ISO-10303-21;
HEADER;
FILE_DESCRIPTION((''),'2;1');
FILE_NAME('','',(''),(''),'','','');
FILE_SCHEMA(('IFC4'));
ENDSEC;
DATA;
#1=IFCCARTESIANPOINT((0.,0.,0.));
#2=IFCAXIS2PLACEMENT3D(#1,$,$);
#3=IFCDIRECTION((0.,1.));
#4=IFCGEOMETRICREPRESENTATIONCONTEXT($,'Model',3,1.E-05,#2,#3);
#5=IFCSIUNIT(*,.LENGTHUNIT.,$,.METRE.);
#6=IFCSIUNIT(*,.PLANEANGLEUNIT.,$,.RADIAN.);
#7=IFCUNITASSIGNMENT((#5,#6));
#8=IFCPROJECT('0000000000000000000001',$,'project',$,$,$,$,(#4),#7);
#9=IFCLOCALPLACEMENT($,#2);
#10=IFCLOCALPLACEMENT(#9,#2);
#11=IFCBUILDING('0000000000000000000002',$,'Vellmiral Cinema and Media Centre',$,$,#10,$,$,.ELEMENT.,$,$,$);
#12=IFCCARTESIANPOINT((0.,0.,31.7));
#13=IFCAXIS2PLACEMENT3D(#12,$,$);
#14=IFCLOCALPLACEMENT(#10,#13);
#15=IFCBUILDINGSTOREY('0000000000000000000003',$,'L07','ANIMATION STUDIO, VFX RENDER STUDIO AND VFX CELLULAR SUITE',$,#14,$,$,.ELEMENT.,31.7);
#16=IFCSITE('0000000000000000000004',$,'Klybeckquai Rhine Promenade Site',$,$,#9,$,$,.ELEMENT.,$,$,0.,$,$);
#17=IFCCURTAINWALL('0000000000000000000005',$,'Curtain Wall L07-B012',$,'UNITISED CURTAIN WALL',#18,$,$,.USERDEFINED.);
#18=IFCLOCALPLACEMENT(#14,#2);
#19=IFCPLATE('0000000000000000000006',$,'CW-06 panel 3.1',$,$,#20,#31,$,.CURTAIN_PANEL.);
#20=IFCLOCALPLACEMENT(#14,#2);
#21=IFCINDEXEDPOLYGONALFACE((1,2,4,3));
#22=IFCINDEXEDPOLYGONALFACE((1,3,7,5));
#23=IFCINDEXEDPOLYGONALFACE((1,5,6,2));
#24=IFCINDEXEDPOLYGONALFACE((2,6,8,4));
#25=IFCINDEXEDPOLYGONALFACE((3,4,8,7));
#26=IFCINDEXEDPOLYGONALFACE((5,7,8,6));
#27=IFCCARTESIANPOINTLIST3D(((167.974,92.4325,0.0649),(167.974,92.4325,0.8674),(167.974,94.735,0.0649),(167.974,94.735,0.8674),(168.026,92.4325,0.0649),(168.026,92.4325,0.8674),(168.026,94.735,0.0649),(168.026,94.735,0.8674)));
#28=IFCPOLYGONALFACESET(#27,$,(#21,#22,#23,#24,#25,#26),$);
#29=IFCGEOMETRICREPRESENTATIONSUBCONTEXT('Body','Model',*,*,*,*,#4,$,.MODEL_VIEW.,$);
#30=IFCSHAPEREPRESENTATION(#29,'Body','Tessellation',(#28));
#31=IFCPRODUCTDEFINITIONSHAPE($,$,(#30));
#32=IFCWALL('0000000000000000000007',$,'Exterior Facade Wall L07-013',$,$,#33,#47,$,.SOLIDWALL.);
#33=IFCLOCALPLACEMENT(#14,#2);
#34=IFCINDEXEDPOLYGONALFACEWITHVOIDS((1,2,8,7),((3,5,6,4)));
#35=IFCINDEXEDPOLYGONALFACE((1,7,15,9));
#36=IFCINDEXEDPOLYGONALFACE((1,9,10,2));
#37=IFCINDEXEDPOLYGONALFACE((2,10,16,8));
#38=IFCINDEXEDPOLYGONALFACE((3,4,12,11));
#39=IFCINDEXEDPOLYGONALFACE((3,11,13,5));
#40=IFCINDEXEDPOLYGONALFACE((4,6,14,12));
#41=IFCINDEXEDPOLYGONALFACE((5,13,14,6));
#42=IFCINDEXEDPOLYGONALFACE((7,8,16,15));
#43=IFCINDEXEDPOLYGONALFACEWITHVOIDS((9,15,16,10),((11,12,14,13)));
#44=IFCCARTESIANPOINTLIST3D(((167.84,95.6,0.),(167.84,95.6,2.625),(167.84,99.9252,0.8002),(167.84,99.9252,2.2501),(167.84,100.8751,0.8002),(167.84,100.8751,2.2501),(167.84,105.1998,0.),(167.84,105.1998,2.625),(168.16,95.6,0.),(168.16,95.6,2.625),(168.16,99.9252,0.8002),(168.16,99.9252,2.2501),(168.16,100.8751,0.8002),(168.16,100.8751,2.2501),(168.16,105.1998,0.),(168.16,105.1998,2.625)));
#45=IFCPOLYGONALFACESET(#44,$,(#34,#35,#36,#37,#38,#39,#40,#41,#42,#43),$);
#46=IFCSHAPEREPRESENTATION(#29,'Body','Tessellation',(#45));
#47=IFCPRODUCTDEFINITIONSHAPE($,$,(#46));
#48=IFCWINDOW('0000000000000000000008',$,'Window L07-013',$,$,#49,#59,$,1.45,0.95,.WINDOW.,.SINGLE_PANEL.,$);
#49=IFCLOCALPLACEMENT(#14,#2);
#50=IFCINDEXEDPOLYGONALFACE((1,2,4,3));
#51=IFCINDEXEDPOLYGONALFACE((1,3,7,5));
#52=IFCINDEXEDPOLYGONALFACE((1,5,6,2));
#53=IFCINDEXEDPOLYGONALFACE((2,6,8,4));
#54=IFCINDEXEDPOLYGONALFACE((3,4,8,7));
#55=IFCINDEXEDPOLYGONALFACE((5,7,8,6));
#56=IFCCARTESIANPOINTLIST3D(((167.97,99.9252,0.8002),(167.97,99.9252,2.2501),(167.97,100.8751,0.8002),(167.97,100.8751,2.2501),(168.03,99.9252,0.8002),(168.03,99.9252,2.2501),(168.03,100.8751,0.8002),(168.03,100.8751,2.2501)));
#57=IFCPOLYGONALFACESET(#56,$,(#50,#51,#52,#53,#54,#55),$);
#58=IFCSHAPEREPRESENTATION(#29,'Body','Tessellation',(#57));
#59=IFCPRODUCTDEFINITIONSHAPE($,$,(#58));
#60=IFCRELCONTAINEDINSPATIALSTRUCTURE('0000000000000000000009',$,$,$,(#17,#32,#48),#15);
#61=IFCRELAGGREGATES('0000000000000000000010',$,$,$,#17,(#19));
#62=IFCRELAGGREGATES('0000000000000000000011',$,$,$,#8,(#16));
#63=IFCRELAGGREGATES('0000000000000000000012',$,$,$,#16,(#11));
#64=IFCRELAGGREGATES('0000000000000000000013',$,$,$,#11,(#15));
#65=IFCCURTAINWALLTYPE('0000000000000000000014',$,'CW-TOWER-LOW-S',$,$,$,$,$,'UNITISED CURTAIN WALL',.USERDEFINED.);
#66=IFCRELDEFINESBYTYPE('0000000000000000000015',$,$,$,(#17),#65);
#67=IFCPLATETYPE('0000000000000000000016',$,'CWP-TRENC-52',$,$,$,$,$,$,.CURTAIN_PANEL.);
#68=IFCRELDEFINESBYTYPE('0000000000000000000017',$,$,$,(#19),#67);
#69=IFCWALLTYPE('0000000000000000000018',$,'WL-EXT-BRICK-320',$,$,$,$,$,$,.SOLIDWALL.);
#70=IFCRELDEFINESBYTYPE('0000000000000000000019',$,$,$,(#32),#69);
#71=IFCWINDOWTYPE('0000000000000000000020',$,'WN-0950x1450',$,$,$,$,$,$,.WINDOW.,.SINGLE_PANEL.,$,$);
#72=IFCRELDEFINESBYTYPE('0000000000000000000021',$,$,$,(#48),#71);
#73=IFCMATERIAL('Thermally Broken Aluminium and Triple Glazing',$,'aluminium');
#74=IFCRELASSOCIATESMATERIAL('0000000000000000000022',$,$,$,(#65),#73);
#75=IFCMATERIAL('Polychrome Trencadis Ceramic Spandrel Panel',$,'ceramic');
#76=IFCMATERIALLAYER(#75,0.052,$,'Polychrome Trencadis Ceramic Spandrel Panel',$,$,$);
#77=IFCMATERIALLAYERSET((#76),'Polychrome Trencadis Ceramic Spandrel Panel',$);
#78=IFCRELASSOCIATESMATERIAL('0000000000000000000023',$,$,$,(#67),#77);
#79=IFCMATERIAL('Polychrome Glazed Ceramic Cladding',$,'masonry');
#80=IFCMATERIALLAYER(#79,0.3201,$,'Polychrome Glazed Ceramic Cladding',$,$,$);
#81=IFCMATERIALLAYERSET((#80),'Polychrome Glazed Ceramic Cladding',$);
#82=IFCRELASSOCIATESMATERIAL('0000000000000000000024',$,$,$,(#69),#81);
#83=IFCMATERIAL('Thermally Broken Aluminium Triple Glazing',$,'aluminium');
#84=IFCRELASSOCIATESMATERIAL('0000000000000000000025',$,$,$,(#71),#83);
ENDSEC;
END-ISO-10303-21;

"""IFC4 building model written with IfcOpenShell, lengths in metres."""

from ifc_helpers import new_model, si_unit, direction, frame, frame_2d, origin, origin_2d, place, context, subcontext, project, spatial, rectangle, extrude, material, layer, layer_set, type_object, element, fill, aggregate, save


model = new_model("IFC4")

# Units and contexts
model_context = context("Model", 3, precision=1e-05, world=origin(), true_north=direction((0.0, 1.0)))
body_context = subcontext(model_context, "Body", "Model", "MODEL_VIEW")
ifc_project = project(units=[si_unit("LENGTHUNIT", "METRE"), si_unit("PLANEANGLEUNIT", "RADIAN")], contexts=[model_context])

# Site, building, storey
site_placement = place(None, origin())
site = spatial("IfcSite", under=ifc_project, at=site_placement, Name="Klybeckquai Rhine Promenade Site", CompositionType="ELEMENT", RefElevation=0.0)
building_placement = place(site_placement, origin())
building = spatial("IfcBuilding", under=site, at=building_placement, Name="Vellmiral Cinema and Media Centre", CompositionType="ELEMENT")
storey_placement = place(building_placement, frame((0.0, 0.0, 31.7)))
storey = spatial("IfcBuildingStorey", under=building, at=storey_placement, Name="L07", Description="ANIMATION STUDIO, VFX RENDER STUDIO AND VFX CELLULAR SUITE", CompositionType="ELEMENT", Elevation=31.7)

# Curtain wall
ifc_material_1 = material(Name="Thermally Broken Aluminium and Triple Glazing", Category="aluminium")
curtain_wall_type = type_object("IfcCurtainWallType", Name="CW-TOWER-LOW-S", ElementType="UNITISED CURTAIN WALL", PredefinedType="USERDEFINED", material=ifc_material_1)
curtain_wall_placement = place(storey_placement, origin())
curtain_wall = element("IfcCurtainWall", 1, at=curtain_wall_placement, inside=storey, type_object=curtain_wall_type, Name="Curtain Wall L07-B012", ObjectType="UNITISED CURTAIN WALL", PredefinedType="USERDEFINED")

# Plate
ifc_material_2 = material(Name="Polychrome Trencadis Ceramic Spandrel Panel", Category="ceramic")
ifc_layer_1 = layer(ifc_material_2, 0.052, Name="Polychrome Trencadis Ceramic Spandrel Panel")
ifc_layer_set_1 = layer_set([ifc_layer_1], Name="Polychrome Trencadis Ceramic Spandrel Panel")
plate_type_1 = type_object("IfcPlateType", Name="CWP-TRENC-52", PredefinedType="CURTAIN_PANEL", material=ifc_layer_set_1)
plate_1_placement = place(storey_placement, frame((168.0, 93.5837, 0.0649), z_axis=(0.0, 0.0, 1.0), x_axis=(0.0, 1.0, 0.0)))
plate_1 = element("IfcPlate", 2, at=plate_1_placement, type_object=plate_type_1, Name="CW-06 panel 3.1", PredefinedType="CURTAIN_PANEL", context=body_context, shape_type="SweptSolid", body=[
    extrude(rectangle(XDim=2.3025, YDim=0.052, at=origin_2d()), origin(), (0.0, 0.0, 1.0), 0.8025),
])
aggregate(curtain_wall, [plate_1])

# Wall, opening, window
ifc_material_3 = material(Name="Polychrome Glazed Ceramic Cladding", Category="masonry")
ifc_layer_2 = layer(ifc_material_3, 0.3201, Name="Polychrome Glazed Ceramic Cladding")
ifc_layer_set_2 = layer_set([ifc_layer_2], Name="Polychrome Glazed Ceramic Cladding")
wall_type = type_object("IfcWallType", Name="WL-EXT-BRICK-320", PredefinedType="SOLIDWALL", material=ifc_layer_set_2)
wall_placement = place(storey_placement, frame((168.0, 95.6001, 0.0), z_axis=(0.0, 0.0, 1.0), x_axis=(0.0, 1.0, 0.0)))
wall = element("IfcWall", 3, at=wall_placement, inside=storey, type_object=wall_type, Name="Exterior Facade Wall L07-013", PredefinedType="SOLIDWALL", context=body_context, shape_type="SweptSolid", body=[
    extrude(rectangle(XDim=9.5999, YDim=0.3201, at=frame_2d((4.7998, 0.0))), origin(), (0.0, 0.0, 1.0), 2.625),
])
opening_placement = place(wall_placement, frame((4.325, 0.0, 0.8)))
opening = element("IfcOpeningElement", 4, at=opening_placement, cuts=wall, PredefinedType="OPENING", context=body_context, shape_type="SweptSolid", body=[
    extrude(rectangle(XDim=0.95, YDim=1.45, at=frame_2d((0.4751, 0.7251))), frame((0.0, 0.1719, 0.0), z_axis=(0.0, -1.0, 0.0), x_axis=(1.0, 0.0, 0.0)), (0.0, 0.0, 1.0), 0.344),
])
ifc_material_4 = material(Name="Thermally Broken Aluminium Triple Glazing", Category="aluminium")
window_type = type_object("IfcWindowType", Name="WN-0950x1450", PartitioningType="SINGLE_PANEL", PredefinedType="WINDOW", material=ifc_material_4)
window_placement = place(opening_placement, origin())
window = element("IfcWindow", 5, at=window_placement, inside=storey, type_object=window_type, Name="Window L07-013", OverallHeight=1.45, OverallWidth=0.95, PartitioningType="SINGLE_PANEL", PredefinedType="WINDOW", context=body_context, shape_type="SweptSolid", body=[
    extrude(rectangle(XDim=0.95, YDim=1.45, at=frame_2d((0.4751, 0.7251))), frame((0.0, 0.03, 0.0), z_axis=(0.0, -1.0, 0.0), x_axis=(1.0, 0.0, 0.0)), (0.0, 0.0, 1.0), 0.0601),
])
fill(opening, window)

save(model, "model.ifc")
